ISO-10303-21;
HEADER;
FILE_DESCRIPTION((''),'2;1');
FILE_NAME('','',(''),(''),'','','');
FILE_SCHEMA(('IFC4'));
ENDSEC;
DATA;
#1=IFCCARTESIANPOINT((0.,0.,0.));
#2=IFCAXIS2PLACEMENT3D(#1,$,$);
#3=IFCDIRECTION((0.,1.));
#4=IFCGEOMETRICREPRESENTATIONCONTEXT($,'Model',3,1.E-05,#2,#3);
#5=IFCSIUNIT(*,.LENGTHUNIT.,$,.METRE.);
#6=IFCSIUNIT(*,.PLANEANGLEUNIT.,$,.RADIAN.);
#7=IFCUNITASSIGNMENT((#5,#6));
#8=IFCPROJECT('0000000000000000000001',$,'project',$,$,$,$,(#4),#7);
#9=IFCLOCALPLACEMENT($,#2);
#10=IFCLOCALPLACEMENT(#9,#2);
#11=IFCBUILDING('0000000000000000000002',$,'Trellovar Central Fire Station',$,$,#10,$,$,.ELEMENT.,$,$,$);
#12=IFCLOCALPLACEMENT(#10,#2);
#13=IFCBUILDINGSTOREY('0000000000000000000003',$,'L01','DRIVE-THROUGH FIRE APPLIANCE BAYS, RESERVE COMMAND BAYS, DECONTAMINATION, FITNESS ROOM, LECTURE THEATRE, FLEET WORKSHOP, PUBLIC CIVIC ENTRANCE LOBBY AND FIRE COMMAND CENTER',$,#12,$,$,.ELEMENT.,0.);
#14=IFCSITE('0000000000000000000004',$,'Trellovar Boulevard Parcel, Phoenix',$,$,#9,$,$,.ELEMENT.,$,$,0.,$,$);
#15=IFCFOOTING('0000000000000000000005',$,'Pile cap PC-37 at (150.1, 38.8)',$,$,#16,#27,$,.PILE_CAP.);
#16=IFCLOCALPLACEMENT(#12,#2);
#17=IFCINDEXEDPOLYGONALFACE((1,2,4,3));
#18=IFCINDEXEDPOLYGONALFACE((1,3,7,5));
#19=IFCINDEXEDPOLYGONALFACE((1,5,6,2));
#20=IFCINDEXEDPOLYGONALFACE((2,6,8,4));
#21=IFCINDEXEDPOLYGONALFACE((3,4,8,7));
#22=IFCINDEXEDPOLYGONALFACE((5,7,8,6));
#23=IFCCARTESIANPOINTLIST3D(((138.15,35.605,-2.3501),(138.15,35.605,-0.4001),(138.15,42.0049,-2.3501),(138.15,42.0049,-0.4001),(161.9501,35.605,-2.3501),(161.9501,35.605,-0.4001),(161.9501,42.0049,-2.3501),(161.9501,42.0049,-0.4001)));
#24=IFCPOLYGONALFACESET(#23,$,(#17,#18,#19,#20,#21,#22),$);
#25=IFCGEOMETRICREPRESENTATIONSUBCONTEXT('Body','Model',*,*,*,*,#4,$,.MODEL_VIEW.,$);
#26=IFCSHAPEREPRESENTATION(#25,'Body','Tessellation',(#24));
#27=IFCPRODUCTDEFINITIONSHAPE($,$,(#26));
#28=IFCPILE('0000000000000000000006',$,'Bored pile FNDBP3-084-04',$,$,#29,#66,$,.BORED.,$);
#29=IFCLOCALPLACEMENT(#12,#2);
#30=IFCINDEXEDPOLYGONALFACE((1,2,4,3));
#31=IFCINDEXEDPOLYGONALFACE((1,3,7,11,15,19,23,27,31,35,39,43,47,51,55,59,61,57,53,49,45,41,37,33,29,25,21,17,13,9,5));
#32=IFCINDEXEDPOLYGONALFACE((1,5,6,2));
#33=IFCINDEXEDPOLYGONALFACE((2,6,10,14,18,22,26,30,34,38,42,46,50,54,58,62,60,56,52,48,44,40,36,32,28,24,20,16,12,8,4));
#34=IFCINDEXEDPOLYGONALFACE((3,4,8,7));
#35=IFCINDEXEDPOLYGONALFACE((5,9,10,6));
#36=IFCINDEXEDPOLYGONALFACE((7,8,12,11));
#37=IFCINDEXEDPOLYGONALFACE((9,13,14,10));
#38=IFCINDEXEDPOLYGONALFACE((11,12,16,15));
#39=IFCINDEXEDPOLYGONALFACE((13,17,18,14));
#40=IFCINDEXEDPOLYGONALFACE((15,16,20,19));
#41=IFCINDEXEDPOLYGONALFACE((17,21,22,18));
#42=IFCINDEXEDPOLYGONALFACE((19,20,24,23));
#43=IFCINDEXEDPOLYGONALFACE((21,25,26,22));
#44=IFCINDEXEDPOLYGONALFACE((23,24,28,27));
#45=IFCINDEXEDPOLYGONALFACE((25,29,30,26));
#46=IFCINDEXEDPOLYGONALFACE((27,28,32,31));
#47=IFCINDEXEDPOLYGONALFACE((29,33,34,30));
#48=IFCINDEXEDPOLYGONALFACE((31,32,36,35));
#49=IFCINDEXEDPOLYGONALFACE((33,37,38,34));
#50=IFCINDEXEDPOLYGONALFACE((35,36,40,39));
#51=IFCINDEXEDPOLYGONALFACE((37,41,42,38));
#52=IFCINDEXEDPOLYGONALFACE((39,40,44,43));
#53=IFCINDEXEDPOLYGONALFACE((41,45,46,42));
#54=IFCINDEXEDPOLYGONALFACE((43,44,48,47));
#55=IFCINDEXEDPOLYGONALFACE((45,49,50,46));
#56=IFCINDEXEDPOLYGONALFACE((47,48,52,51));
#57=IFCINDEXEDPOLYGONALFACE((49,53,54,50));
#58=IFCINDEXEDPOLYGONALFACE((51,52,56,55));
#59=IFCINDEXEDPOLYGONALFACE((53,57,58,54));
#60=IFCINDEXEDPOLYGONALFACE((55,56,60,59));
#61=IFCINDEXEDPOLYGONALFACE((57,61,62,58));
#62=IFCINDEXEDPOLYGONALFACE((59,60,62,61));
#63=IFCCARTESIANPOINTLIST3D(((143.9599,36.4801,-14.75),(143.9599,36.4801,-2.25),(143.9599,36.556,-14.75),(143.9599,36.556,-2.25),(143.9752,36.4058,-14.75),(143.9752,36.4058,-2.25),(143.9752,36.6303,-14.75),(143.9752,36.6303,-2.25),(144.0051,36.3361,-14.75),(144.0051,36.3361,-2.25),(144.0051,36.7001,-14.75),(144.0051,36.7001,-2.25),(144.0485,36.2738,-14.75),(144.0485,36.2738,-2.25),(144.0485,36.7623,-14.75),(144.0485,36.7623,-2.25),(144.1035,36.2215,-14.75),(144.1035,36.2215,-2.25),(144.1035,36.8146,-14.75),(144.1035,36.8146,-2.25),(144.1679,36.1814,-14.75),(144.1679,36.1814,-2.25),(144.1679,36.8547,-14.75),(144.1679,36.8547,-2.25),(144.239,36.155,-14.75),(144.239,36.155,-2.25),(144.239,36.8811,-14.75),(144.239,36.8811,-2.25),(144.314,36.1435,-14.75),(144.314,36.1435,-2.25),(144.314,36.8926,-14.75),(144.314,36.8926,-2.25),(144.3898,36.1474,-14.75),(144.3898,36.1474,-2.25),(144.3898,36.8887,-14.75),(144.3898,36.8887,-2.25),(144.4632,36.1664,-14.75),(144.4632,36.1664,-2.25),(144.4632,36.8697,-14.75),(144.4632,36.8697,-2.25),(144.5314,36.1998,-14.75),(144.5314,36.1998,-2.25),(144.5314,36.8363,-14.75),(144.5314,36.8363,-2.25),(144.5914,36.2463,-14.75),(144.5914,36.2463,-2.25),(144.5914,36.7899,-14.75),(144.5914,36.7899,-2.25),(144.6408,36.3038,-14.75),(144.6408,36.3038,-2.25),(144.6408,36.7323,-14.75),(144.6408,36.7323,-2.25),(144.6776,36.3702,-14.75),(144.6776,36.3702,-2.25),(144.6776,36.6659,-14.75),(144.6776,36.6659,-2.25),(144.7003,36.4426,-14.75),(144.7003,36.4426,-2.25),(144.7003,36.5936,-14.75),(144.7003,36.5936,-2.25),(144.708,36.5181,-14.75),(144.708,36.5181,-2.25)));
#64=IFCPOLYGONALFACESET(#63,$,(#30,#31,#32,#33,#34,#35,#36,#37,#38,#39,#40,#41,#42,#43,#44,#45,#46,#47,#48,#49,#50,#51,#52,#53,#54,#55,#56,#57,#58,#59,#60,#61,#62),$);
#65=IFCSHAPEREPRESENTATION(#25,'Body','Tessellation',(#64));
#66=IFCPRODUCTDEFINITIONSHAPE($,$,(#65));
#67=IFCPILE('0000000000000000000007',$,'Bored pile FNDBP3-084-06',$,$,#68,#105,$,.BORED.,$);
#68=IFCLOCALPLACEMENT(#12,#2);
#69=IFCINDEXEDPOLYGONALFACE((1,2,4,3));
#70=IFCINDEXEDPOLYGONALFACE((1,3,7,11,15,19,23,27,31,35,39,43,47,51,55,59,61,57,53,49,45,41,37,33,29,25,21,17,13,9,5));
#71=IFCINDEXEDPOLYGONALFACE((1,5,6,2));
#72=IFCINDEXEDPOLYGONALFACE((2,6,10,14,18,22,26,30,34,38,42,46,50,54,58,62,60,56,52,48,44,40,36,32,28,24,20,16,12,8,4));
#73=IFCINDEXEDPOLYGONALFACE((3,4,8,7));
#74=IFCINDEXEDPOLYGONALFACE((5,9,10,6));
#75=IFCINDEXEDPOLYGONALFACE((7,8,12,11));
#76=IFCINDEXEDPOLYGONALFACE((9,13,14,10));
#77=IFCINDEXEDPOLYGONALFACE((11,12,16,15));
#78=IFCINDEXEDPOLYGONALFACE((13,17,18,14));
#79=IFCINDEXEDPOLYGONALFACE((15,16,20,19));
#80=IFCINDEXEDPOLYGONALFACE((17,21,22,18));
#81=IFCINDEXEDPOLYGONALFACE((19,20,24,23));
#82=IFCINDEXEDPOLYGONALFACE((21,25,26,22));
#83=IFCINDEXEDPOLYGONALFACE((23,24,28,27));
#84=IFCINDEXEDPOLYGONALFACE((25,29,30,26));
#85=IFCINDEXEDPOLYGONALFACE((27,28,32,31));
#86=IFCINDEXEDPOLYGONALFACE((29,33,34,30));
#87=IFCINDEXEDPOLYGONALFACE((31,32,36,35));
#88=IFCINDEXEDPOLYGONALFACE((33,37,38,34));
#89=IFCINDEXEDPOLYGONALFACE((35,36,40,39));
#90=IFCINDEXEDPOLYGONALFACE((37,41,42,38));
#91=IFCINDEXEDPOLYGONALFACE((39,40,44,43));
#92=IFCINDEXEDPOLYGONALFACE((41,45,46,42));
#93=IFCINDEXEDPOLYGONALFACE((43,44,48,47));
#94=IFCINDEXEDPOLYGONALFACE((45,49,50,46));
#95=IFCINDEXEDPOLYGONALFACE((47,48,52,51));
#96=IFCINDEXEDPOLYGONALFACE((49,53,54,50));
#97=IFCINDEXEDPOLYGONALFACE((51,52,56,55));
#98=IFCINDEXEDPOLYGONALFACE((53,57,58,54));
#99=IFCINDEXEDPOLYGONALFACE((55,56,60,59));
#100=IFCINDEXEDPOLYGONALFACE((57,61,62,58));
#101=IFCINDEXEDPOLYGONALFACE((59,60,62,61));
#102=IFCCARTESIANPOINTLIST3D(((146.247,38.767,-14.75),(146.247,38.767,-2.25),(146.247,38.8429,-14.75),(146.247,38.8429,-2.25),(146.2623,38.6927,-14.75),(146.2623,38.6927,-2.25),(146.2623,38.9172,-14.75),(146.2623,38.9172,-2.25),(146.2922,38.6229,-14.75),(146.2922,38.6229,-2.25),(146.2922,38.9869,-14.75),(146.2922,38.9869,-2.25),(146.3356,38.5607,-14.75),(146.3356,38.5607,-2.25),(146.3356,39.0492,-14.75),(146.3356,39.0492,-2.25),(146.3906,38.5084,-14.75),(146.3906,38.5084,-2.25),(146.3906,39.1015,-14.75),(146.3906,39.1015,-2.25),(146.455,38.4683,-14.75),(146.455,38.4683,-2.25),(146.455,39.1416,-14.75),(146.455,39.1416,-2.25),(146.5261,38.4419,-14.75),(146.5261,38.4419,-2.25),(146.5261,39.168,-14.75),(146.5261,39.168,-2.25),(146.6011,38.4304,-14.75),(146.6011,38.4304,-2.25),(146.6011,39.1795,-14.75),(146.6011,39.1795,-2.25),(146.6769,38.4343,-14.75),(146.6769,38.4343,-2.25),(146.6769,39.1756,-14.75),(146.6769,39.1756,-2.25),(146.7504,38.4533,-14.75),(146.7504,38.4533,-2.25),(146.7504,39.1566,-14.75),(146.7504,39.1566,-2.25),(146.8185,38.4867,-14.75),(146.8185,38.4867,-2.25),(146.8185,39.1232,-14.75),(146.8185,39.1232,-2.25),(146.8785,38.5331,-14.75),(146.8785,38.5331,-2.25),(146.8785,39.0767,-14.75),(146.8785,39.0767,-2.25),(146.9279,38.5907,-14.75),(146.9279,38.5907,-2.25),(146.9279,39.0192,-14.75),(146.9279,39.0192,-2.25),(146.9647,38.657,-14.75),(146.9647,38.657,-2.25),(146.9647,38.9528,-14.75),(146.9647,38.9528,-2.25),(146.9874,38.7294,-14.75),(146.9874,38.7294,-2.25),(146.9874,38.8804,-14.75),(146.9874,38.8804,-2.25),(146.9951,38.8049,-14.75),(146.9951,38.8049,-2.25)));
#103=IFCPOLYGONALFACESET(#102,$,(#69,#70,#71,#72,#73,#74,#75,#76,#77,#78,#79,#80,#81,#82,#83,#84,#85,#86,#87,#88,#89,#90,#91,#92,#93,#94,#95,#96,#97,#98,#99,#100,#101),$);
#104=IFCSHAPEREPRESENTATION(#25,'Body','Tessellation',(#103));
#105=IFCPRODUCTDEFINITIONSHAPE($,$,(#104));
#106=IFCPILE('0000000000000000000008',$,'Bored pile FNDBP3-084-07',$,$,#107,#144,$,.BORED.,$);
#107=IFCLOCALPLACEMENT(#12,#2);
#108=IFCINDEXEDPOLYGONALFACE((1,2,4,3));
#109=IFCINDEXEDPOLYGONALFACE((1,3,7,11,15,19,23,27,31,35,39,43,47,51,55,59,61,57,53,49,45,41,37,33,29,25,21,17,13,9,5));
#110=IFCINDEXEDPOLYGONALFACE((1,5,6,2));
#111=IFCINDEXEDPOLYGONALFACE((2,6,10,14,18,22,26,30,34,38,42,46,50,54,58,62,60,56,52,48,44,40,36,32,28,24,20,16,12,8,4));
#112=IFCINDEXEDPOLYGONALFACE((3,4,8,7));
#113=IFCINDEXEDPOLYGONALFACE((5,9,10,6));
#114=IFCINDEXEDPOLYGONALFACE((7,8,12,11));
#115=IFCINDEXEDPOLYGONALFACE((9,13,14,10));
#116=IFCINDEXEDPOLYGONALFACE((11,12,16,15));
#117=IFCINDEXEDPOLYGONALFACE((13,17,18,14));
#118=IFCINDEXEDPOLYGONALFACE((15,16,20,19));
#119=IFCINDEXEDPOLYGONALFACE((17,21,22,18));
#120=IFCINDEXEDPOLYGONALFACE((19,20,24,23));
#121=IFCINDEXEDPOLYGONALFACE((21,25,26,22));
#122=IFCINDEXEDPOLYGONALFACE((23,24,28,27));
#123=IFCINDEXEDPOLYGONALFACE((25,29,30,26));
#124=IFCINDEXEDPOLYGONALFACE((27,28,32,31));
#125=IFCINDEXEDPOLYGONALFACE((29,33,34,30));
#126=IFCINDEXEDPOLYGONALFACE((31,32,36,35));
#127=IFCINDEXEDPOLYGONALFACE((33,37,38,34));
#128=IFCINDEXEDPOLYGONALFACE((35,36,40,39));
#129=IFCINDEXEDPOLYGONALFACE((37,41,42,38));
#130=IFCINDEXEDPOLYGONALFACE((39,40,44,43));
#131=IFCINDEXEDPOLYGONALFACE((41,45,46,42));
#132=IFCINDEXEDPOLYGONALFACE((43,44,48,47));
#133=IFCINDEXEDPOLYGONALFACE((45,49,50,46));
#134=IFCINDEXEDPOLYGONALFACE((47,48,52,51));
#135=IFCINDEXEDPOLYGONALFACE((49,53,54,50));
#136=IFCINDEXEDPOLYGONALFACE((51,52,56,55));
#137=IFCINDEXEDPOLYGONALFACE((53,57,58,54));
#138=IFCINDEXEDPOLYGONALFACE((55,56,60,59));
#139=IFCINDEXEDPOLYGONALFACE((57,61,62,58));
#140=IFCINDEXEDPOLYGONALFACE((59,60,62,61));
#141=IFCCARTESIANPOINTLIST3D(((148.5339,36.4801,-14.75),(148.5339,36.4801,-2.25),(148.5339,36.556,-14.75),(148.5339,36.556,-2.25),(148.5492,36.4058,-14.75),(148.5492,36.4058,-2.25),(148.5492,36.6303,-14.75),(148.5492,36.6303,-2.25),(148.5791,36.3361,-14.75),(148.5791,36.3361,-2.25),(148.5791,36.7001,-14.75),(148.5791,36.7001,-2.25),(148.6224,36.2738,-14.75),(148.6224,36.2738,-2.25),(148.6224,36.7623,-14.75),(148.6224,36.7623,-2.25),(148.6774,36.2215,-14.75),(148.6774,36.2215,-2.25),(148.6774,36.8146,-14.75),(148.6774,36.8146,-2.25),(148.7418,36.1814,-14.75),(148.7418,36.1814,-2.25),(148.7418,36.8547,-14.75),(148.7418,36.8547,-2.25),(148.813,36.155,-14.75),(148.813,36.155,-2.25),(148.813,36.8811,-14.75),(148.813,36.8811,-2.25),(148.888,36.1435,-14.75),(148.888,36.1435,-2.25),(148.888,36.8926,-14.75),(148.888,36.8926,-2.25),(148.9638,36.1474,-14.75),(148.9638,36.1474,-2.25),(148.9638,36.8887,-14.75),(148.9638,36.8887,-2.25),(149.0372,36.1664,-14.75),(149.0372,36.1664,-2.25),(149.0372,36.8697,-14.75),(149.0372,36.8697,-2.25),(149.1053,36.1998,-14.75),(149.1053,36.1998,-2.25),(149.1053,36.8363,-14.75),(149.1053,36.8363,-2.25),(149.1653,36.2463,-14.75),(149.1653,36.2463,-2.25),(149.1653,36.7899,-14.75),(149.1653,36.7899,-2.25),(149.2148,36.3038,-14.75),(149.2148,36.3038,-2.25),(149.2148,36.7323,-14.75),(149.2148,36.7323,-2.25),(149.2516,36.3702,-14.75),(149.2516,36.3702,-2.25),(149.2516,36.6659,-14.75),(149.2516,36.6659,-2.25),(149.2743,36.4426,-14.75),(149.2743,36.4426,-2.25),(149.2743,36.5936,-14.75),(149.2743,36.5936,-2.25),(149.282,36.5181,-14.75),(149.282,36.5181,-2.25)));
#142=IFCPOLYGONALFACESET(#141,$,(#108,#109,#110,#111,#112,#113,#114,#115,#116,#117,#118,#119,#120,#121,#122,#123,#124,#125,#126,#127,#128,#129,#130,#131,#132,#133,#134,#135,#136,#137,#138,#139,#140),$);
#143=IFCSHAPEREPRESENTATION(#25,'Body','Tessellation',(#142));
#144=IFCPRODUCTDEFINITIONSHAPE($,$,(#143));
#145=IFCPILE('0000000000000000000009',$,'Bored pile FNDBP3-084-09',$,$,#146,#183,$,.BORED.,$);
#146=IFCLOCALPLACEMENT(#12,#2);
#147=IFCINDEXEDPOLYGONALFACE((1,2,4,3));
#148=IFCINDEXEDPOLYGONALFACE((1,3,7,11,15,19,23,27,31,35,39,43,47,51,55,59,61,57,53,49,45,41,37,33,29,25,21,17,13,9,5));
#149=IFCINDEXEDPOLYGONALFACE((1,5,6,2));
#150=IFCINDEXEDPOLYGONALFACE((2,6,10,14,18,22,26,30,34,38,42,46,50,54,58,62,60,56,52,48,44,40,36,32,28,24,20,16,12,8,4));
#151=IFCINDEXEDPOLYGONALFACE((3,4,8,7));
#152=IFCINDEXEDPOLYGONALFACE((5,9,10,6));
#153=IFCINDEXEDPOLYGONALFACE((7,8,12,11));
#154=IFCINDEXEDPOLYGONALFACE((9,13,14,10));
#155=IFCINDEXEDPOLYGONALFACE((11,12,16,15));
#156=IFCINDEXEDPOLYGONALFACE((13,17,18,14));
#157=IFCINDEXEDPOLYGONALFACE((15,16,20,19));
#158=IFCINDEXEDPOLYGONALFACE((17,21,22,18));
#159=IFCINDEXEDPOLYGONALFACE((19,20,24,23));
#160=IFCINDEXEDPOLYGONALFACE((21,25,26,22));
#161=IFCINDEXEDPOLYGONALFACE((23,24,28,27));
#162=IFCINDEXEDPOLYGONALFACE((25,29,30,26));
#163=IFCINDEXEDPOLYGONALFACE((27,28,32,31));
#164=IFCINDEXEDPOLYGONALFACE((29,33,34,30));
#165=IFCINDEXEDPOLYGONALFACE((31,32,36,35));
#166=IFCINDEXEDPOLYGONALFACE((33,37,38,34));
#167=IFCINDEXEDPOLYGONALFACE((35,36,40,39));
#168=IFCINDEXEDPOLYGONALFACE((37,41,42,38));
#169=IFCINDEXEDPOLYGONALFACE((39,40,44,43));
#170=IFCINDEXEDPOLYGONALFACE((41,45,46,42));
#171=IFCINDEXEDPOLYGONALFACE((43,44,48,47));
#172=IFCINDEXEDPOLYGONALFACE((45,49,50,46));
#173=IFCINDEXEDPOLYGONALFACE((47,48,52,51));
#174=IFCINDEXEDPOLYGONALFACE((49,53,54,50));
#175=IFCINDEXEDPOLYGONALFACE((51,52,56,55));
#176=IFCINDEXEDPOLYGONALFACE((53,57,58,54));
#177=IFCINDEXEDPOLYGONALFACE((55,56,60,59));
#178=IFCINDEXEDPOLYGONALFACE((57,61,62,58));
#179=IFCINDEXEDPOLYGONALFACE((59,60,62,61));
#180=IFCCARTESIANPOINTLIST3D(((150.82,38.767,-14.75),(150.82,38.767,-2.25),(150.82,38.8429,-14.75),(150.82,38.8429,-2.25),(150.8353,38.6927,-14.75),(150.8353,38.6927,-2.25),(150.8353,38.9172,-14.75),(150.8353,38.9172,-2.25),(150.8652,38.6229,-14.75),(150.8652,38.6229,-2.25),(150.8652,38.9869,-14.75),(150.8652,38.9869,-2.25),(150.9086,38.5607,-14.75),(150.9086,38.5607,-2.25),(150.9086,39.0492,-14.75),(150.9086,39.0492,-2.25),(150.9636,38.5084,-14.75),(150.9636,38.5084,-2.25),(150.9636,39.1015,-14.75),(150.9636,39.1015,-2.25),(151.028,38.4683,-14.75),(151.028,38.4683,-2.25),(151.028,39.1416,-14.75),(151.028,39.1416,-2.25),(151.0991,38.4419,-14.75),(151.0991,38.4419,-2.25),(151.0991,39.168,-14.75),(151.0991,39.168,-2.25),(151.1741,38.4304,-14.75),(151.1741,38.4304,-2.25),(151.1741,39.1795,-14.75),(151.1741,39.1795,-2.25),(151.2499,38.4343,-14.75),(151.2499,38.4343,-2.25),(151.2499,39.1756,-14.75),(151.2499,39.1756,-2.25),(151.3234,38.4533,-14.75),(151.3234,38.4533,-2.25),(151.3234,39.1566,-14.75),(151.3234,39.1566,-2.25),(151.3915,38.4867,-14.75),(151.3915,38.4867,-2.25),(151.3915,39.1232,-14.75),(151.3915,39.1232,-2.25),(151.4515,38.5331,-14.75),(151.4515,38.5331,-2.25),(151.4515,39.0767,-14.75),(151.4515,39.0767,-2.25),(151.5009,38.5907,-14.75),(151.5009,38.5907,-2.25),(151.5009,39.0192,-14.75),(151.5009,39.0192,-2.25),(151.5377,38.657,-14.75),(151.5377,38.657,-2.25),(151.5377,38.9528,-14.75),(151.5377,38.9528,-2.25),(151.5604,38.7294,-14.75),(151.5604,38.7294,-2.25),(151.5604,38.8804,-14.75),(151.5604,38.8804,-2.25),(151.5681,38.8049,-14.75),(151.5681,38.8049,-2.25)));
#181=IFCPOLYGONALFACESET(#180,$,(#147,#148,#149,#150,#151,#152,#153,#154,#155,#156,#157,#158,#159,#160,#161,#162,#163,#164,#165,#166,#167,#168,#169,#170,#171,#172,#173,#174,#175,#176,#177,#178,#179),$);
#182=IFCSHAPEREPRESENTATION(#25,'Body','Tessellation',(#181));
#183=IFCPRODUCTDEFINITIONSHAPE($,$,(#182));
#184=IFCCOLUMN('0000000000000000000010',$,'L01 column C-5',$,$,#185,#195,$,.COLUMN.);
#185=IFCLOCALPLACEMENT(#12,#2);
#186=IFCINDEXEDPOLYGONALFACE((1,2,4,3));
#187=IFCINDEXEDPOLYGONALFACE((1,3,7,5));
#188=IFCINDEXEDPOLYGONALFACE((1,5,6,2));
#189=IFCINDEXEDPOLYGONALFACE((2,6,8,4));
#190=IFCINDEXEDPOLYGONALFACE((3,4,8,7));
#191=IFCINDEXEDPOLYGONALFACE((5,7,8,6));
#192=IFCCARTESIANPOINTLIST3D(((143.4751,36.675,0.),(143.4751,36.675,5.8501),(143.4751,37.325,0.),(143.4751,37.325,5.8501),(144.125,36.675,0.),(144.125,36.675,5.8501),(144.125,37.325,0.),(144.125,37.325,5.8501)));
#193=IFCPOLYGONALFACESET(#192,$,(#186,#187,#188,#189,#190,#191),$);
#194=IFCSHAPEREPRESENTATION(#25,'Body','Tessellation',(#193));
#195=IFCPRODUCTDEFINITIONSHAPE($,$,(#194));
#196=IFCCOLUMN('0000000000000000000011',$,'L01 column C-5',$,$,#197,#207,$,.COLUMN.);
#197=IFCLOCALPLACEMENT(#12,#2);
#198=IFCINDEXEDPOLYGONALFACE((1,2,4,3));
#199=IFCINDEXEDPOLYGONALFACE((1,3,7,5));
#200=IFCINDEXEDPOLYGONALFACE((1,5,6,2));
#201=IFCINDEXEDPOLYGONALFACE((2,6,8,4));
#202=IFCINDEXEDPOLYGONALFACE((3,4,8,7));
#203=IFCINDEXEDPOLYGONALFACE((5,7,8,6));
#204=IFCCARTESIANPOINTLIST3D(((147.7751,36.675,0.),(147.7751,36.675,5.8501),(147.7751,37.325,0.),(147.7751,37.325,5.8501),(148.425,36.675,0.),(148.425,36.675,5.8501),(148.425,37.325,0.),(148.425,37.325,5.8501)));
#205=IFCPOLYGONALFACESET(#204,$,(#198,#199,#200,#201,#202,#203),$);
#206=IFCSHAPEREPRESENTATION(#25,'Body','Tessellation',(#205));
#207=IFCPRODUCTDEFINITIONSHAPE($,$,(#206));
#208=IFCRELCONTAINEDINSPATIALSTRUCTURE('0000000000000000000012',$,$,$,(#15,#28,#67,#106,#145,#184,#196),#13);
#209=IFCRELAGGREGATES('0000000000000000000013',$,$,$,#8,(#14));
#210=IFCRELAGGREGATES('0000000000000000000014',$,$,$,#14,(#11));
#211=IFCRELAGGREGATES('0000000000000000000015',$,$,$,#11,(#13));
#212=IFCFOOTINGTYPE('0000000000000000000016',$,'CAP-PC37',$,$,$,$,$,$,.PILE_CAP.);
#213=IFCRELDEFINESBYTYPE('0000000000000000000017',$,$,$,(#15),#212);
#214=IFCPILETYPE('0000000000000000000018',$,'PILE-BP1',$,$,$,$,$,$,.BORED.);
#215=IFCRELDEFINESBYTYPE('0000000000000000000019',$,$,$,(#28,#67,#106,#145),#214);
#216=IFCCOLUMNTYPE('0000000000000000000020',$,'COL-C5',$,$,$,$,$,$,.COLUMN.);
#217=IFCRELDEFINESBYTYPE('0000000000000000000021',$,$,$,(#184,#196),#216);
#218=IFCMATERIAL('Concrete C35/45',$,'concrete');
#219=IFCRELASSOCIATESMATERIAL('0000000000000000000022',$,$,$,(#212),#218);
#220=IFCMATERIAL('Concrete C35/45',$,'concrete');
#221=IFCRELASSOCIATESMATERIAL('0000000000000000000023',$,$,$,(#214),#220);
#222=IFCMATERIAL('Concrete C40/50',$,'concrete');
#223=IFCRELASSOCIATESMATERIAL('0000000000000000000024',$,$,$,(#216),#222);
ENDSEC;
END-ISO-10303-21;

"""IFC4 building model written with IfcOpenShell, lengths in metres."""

from ifc_helpers import new_model, si_unit, direction, frame, origin, origin_2d, place, context, subcontext, project, spatial, rectangle, circle, extrude, material, material_profile, profile_set, type_object, element, save


model = new_model("IFC4")

# Units and contexts
model_context = context("Model", 3, precision=1e-05, world=origin(), true_north=direction((0.0, 1.0)))
body_context = subcontext(model_context, "Body", "Model", "MODEL_VIEW")
ifc_project = project(units=[si_unit("LENGTHUNIT", "METRE"), si_unit("PLANEANGLEUNIT", "RADIAN")], contexts=[model_context])

# Site, building, storey
site_placement = place(None, origin())
site = spatial("IfcSite", under=ifc_project, at=site_placement, Name="Trellovar Boulevard Parcel, Phoenix", CompositionType="ELEMENT", RefElevation=0.0)
building_placement = place(site_placement, origin())
building = spatial("IfcBuilding", under=site, at=building_placement, Name="Trellovar Central Fire Station", CompositionType="ELEMENT")
storey_placement = place(building_placement, origin())
storey = spatial("IfcBuildingStorey", under=building, at=storey_placement, Name="L01", Description="DRIVE-THROUGH FIRE APPLIANCE BAYS, RESERVE COMMAND BAYS, DECONTAMINATION, FITNESS ROOM, LECTURE THEATRE, FLEET WORKSHOP, PUBLIC CIVIC ENTRANCE LOBBY AND FIRE COMMAND CENTER", CompositionType="ELEMENT", Elevation=0.0)

# Footing
ifc_material_1 = material(Name="Concrete C35/45", Category="concrete")
footing_type = type_object("IfcFootingType", Name="CAP-PC37", PredefinedType="PILE_CAP", material=ifc_material_1)
footing_placement = place(storey_placement, frame((150.05, 38.8049, -2.3501), z_axis=(0.0, 0.0, 1.0), x_axis=(1.0, 0.0, 0.0)))
element("IfcFooting", 1, at=footing_placement, inside=storey, type_object=footing_type, Name="Pile cap PC-37 at (150.1, 38.8)", PredefinedType="PILE_CAP", context=body_context, shape_type="SweptSolid", body=[
    extrude(rectangle(XDim=23.8, YDim=6.3999, at=origin_2d()), origin(), (0.0, 0.0, 1.0), 1.95),
])

# Piles
ifc_material_2 = material(Name="Concrete C35/45", Category="concrete")
ifc_material_profile_1 = material_profile(ifc_material_2, circle(Radius=0.375, at=origin_2d()), Name="PILE750")
ifc_profile_set_1 = profile_set([ifc_material_profile_1], Name="Concrete C35/45")
pile_type = type_object("IfcPileType", Name="PILE-BP1", PredefinedType="BORED", material=ifc_profile_set_1)
for number, where, z_axis, x_axis, name in (
    (2, (144.333, 36.5181, -2.25), (0.0, 0.0, -1.0), (1.0, 0.0, 0.0), "Bored pile FNDBP3-084-04"),
    (3, (146.6201, 38.8049, -2.25), (0.0, 0.0, -1.0), (1.0, 0.0, 0.0), "Bored pile FNDBP3-084-06"),
    (4, (148.907, 36.5181, -2.25), (0.0, 0.0, -1.0), (1.0, 0.0, 0.0), "Bored pile FNDBP3-084-07"),
    (5, (151.1931, 38.8049, -2.25), (0.0, 0.0, -1.0), (1.0, 0.0, 0.0), "Bored pile FNDBP3-084-09"),
):
    element("IfcPile", number, at=place(storey_placement, frame(where, z_axis=z_axis, x_axis=x_axis)), inside=storey, type_object=pile_type, Name=name, PredefinedType="BORED", context=body_context, shape_type="SweptSolid", body=[
        extrude(circle(Radius=0.375, at=origin_2d()), origin(), (0.0, 0.0, 1.0), 12.5),
    ])

# Columns
ifc_material_3 = material(Name="Concrete C40/50", Category="concrete")
ifc_material_profile_2 = material_profile(ifc_material_3, rectangle(XDim=0.6499, YDim=0.6499, at=origin_2d()), Name="RC650X650")
ifc_profile_set_2 = profile_set([ifc_material_profile_2], Name="Concrete C40/50")
column_type = type_object("IfcColumnType", Name="COL-C5", PredefinedType="COLUMN", material=ifc_profile_set_2)
for number, where, z_axis, x_axis, name in (
    (6, (143.8, 37.0, 0.0), (0.0, 0.0, 1.0), (1.0, 0.0, 0.0), "L01 column C-5"),
    (7, (148.1001, 37.0, 0.0), (0.0, 0.0, 1.0), (1.0, 0.0, 0.0), "L01 column C-5"),
):
    element("IfcColumn", number, at=place(storey_placement, frame(where, z_axis=z_axis, x_axis=x_axis)), inside=storey, type_object=column_type, Name=name, PredefinedType="COLUMN", context=body_context, shape_type="SweptSolid", body=[
        extrude(rectangle(XDim=0.6499, YDim=0.6499, at=origin_2d()), origin(), (0.0, 0.0, 1.0), 5.8501),
    ])

save(model, "model.ifc")
